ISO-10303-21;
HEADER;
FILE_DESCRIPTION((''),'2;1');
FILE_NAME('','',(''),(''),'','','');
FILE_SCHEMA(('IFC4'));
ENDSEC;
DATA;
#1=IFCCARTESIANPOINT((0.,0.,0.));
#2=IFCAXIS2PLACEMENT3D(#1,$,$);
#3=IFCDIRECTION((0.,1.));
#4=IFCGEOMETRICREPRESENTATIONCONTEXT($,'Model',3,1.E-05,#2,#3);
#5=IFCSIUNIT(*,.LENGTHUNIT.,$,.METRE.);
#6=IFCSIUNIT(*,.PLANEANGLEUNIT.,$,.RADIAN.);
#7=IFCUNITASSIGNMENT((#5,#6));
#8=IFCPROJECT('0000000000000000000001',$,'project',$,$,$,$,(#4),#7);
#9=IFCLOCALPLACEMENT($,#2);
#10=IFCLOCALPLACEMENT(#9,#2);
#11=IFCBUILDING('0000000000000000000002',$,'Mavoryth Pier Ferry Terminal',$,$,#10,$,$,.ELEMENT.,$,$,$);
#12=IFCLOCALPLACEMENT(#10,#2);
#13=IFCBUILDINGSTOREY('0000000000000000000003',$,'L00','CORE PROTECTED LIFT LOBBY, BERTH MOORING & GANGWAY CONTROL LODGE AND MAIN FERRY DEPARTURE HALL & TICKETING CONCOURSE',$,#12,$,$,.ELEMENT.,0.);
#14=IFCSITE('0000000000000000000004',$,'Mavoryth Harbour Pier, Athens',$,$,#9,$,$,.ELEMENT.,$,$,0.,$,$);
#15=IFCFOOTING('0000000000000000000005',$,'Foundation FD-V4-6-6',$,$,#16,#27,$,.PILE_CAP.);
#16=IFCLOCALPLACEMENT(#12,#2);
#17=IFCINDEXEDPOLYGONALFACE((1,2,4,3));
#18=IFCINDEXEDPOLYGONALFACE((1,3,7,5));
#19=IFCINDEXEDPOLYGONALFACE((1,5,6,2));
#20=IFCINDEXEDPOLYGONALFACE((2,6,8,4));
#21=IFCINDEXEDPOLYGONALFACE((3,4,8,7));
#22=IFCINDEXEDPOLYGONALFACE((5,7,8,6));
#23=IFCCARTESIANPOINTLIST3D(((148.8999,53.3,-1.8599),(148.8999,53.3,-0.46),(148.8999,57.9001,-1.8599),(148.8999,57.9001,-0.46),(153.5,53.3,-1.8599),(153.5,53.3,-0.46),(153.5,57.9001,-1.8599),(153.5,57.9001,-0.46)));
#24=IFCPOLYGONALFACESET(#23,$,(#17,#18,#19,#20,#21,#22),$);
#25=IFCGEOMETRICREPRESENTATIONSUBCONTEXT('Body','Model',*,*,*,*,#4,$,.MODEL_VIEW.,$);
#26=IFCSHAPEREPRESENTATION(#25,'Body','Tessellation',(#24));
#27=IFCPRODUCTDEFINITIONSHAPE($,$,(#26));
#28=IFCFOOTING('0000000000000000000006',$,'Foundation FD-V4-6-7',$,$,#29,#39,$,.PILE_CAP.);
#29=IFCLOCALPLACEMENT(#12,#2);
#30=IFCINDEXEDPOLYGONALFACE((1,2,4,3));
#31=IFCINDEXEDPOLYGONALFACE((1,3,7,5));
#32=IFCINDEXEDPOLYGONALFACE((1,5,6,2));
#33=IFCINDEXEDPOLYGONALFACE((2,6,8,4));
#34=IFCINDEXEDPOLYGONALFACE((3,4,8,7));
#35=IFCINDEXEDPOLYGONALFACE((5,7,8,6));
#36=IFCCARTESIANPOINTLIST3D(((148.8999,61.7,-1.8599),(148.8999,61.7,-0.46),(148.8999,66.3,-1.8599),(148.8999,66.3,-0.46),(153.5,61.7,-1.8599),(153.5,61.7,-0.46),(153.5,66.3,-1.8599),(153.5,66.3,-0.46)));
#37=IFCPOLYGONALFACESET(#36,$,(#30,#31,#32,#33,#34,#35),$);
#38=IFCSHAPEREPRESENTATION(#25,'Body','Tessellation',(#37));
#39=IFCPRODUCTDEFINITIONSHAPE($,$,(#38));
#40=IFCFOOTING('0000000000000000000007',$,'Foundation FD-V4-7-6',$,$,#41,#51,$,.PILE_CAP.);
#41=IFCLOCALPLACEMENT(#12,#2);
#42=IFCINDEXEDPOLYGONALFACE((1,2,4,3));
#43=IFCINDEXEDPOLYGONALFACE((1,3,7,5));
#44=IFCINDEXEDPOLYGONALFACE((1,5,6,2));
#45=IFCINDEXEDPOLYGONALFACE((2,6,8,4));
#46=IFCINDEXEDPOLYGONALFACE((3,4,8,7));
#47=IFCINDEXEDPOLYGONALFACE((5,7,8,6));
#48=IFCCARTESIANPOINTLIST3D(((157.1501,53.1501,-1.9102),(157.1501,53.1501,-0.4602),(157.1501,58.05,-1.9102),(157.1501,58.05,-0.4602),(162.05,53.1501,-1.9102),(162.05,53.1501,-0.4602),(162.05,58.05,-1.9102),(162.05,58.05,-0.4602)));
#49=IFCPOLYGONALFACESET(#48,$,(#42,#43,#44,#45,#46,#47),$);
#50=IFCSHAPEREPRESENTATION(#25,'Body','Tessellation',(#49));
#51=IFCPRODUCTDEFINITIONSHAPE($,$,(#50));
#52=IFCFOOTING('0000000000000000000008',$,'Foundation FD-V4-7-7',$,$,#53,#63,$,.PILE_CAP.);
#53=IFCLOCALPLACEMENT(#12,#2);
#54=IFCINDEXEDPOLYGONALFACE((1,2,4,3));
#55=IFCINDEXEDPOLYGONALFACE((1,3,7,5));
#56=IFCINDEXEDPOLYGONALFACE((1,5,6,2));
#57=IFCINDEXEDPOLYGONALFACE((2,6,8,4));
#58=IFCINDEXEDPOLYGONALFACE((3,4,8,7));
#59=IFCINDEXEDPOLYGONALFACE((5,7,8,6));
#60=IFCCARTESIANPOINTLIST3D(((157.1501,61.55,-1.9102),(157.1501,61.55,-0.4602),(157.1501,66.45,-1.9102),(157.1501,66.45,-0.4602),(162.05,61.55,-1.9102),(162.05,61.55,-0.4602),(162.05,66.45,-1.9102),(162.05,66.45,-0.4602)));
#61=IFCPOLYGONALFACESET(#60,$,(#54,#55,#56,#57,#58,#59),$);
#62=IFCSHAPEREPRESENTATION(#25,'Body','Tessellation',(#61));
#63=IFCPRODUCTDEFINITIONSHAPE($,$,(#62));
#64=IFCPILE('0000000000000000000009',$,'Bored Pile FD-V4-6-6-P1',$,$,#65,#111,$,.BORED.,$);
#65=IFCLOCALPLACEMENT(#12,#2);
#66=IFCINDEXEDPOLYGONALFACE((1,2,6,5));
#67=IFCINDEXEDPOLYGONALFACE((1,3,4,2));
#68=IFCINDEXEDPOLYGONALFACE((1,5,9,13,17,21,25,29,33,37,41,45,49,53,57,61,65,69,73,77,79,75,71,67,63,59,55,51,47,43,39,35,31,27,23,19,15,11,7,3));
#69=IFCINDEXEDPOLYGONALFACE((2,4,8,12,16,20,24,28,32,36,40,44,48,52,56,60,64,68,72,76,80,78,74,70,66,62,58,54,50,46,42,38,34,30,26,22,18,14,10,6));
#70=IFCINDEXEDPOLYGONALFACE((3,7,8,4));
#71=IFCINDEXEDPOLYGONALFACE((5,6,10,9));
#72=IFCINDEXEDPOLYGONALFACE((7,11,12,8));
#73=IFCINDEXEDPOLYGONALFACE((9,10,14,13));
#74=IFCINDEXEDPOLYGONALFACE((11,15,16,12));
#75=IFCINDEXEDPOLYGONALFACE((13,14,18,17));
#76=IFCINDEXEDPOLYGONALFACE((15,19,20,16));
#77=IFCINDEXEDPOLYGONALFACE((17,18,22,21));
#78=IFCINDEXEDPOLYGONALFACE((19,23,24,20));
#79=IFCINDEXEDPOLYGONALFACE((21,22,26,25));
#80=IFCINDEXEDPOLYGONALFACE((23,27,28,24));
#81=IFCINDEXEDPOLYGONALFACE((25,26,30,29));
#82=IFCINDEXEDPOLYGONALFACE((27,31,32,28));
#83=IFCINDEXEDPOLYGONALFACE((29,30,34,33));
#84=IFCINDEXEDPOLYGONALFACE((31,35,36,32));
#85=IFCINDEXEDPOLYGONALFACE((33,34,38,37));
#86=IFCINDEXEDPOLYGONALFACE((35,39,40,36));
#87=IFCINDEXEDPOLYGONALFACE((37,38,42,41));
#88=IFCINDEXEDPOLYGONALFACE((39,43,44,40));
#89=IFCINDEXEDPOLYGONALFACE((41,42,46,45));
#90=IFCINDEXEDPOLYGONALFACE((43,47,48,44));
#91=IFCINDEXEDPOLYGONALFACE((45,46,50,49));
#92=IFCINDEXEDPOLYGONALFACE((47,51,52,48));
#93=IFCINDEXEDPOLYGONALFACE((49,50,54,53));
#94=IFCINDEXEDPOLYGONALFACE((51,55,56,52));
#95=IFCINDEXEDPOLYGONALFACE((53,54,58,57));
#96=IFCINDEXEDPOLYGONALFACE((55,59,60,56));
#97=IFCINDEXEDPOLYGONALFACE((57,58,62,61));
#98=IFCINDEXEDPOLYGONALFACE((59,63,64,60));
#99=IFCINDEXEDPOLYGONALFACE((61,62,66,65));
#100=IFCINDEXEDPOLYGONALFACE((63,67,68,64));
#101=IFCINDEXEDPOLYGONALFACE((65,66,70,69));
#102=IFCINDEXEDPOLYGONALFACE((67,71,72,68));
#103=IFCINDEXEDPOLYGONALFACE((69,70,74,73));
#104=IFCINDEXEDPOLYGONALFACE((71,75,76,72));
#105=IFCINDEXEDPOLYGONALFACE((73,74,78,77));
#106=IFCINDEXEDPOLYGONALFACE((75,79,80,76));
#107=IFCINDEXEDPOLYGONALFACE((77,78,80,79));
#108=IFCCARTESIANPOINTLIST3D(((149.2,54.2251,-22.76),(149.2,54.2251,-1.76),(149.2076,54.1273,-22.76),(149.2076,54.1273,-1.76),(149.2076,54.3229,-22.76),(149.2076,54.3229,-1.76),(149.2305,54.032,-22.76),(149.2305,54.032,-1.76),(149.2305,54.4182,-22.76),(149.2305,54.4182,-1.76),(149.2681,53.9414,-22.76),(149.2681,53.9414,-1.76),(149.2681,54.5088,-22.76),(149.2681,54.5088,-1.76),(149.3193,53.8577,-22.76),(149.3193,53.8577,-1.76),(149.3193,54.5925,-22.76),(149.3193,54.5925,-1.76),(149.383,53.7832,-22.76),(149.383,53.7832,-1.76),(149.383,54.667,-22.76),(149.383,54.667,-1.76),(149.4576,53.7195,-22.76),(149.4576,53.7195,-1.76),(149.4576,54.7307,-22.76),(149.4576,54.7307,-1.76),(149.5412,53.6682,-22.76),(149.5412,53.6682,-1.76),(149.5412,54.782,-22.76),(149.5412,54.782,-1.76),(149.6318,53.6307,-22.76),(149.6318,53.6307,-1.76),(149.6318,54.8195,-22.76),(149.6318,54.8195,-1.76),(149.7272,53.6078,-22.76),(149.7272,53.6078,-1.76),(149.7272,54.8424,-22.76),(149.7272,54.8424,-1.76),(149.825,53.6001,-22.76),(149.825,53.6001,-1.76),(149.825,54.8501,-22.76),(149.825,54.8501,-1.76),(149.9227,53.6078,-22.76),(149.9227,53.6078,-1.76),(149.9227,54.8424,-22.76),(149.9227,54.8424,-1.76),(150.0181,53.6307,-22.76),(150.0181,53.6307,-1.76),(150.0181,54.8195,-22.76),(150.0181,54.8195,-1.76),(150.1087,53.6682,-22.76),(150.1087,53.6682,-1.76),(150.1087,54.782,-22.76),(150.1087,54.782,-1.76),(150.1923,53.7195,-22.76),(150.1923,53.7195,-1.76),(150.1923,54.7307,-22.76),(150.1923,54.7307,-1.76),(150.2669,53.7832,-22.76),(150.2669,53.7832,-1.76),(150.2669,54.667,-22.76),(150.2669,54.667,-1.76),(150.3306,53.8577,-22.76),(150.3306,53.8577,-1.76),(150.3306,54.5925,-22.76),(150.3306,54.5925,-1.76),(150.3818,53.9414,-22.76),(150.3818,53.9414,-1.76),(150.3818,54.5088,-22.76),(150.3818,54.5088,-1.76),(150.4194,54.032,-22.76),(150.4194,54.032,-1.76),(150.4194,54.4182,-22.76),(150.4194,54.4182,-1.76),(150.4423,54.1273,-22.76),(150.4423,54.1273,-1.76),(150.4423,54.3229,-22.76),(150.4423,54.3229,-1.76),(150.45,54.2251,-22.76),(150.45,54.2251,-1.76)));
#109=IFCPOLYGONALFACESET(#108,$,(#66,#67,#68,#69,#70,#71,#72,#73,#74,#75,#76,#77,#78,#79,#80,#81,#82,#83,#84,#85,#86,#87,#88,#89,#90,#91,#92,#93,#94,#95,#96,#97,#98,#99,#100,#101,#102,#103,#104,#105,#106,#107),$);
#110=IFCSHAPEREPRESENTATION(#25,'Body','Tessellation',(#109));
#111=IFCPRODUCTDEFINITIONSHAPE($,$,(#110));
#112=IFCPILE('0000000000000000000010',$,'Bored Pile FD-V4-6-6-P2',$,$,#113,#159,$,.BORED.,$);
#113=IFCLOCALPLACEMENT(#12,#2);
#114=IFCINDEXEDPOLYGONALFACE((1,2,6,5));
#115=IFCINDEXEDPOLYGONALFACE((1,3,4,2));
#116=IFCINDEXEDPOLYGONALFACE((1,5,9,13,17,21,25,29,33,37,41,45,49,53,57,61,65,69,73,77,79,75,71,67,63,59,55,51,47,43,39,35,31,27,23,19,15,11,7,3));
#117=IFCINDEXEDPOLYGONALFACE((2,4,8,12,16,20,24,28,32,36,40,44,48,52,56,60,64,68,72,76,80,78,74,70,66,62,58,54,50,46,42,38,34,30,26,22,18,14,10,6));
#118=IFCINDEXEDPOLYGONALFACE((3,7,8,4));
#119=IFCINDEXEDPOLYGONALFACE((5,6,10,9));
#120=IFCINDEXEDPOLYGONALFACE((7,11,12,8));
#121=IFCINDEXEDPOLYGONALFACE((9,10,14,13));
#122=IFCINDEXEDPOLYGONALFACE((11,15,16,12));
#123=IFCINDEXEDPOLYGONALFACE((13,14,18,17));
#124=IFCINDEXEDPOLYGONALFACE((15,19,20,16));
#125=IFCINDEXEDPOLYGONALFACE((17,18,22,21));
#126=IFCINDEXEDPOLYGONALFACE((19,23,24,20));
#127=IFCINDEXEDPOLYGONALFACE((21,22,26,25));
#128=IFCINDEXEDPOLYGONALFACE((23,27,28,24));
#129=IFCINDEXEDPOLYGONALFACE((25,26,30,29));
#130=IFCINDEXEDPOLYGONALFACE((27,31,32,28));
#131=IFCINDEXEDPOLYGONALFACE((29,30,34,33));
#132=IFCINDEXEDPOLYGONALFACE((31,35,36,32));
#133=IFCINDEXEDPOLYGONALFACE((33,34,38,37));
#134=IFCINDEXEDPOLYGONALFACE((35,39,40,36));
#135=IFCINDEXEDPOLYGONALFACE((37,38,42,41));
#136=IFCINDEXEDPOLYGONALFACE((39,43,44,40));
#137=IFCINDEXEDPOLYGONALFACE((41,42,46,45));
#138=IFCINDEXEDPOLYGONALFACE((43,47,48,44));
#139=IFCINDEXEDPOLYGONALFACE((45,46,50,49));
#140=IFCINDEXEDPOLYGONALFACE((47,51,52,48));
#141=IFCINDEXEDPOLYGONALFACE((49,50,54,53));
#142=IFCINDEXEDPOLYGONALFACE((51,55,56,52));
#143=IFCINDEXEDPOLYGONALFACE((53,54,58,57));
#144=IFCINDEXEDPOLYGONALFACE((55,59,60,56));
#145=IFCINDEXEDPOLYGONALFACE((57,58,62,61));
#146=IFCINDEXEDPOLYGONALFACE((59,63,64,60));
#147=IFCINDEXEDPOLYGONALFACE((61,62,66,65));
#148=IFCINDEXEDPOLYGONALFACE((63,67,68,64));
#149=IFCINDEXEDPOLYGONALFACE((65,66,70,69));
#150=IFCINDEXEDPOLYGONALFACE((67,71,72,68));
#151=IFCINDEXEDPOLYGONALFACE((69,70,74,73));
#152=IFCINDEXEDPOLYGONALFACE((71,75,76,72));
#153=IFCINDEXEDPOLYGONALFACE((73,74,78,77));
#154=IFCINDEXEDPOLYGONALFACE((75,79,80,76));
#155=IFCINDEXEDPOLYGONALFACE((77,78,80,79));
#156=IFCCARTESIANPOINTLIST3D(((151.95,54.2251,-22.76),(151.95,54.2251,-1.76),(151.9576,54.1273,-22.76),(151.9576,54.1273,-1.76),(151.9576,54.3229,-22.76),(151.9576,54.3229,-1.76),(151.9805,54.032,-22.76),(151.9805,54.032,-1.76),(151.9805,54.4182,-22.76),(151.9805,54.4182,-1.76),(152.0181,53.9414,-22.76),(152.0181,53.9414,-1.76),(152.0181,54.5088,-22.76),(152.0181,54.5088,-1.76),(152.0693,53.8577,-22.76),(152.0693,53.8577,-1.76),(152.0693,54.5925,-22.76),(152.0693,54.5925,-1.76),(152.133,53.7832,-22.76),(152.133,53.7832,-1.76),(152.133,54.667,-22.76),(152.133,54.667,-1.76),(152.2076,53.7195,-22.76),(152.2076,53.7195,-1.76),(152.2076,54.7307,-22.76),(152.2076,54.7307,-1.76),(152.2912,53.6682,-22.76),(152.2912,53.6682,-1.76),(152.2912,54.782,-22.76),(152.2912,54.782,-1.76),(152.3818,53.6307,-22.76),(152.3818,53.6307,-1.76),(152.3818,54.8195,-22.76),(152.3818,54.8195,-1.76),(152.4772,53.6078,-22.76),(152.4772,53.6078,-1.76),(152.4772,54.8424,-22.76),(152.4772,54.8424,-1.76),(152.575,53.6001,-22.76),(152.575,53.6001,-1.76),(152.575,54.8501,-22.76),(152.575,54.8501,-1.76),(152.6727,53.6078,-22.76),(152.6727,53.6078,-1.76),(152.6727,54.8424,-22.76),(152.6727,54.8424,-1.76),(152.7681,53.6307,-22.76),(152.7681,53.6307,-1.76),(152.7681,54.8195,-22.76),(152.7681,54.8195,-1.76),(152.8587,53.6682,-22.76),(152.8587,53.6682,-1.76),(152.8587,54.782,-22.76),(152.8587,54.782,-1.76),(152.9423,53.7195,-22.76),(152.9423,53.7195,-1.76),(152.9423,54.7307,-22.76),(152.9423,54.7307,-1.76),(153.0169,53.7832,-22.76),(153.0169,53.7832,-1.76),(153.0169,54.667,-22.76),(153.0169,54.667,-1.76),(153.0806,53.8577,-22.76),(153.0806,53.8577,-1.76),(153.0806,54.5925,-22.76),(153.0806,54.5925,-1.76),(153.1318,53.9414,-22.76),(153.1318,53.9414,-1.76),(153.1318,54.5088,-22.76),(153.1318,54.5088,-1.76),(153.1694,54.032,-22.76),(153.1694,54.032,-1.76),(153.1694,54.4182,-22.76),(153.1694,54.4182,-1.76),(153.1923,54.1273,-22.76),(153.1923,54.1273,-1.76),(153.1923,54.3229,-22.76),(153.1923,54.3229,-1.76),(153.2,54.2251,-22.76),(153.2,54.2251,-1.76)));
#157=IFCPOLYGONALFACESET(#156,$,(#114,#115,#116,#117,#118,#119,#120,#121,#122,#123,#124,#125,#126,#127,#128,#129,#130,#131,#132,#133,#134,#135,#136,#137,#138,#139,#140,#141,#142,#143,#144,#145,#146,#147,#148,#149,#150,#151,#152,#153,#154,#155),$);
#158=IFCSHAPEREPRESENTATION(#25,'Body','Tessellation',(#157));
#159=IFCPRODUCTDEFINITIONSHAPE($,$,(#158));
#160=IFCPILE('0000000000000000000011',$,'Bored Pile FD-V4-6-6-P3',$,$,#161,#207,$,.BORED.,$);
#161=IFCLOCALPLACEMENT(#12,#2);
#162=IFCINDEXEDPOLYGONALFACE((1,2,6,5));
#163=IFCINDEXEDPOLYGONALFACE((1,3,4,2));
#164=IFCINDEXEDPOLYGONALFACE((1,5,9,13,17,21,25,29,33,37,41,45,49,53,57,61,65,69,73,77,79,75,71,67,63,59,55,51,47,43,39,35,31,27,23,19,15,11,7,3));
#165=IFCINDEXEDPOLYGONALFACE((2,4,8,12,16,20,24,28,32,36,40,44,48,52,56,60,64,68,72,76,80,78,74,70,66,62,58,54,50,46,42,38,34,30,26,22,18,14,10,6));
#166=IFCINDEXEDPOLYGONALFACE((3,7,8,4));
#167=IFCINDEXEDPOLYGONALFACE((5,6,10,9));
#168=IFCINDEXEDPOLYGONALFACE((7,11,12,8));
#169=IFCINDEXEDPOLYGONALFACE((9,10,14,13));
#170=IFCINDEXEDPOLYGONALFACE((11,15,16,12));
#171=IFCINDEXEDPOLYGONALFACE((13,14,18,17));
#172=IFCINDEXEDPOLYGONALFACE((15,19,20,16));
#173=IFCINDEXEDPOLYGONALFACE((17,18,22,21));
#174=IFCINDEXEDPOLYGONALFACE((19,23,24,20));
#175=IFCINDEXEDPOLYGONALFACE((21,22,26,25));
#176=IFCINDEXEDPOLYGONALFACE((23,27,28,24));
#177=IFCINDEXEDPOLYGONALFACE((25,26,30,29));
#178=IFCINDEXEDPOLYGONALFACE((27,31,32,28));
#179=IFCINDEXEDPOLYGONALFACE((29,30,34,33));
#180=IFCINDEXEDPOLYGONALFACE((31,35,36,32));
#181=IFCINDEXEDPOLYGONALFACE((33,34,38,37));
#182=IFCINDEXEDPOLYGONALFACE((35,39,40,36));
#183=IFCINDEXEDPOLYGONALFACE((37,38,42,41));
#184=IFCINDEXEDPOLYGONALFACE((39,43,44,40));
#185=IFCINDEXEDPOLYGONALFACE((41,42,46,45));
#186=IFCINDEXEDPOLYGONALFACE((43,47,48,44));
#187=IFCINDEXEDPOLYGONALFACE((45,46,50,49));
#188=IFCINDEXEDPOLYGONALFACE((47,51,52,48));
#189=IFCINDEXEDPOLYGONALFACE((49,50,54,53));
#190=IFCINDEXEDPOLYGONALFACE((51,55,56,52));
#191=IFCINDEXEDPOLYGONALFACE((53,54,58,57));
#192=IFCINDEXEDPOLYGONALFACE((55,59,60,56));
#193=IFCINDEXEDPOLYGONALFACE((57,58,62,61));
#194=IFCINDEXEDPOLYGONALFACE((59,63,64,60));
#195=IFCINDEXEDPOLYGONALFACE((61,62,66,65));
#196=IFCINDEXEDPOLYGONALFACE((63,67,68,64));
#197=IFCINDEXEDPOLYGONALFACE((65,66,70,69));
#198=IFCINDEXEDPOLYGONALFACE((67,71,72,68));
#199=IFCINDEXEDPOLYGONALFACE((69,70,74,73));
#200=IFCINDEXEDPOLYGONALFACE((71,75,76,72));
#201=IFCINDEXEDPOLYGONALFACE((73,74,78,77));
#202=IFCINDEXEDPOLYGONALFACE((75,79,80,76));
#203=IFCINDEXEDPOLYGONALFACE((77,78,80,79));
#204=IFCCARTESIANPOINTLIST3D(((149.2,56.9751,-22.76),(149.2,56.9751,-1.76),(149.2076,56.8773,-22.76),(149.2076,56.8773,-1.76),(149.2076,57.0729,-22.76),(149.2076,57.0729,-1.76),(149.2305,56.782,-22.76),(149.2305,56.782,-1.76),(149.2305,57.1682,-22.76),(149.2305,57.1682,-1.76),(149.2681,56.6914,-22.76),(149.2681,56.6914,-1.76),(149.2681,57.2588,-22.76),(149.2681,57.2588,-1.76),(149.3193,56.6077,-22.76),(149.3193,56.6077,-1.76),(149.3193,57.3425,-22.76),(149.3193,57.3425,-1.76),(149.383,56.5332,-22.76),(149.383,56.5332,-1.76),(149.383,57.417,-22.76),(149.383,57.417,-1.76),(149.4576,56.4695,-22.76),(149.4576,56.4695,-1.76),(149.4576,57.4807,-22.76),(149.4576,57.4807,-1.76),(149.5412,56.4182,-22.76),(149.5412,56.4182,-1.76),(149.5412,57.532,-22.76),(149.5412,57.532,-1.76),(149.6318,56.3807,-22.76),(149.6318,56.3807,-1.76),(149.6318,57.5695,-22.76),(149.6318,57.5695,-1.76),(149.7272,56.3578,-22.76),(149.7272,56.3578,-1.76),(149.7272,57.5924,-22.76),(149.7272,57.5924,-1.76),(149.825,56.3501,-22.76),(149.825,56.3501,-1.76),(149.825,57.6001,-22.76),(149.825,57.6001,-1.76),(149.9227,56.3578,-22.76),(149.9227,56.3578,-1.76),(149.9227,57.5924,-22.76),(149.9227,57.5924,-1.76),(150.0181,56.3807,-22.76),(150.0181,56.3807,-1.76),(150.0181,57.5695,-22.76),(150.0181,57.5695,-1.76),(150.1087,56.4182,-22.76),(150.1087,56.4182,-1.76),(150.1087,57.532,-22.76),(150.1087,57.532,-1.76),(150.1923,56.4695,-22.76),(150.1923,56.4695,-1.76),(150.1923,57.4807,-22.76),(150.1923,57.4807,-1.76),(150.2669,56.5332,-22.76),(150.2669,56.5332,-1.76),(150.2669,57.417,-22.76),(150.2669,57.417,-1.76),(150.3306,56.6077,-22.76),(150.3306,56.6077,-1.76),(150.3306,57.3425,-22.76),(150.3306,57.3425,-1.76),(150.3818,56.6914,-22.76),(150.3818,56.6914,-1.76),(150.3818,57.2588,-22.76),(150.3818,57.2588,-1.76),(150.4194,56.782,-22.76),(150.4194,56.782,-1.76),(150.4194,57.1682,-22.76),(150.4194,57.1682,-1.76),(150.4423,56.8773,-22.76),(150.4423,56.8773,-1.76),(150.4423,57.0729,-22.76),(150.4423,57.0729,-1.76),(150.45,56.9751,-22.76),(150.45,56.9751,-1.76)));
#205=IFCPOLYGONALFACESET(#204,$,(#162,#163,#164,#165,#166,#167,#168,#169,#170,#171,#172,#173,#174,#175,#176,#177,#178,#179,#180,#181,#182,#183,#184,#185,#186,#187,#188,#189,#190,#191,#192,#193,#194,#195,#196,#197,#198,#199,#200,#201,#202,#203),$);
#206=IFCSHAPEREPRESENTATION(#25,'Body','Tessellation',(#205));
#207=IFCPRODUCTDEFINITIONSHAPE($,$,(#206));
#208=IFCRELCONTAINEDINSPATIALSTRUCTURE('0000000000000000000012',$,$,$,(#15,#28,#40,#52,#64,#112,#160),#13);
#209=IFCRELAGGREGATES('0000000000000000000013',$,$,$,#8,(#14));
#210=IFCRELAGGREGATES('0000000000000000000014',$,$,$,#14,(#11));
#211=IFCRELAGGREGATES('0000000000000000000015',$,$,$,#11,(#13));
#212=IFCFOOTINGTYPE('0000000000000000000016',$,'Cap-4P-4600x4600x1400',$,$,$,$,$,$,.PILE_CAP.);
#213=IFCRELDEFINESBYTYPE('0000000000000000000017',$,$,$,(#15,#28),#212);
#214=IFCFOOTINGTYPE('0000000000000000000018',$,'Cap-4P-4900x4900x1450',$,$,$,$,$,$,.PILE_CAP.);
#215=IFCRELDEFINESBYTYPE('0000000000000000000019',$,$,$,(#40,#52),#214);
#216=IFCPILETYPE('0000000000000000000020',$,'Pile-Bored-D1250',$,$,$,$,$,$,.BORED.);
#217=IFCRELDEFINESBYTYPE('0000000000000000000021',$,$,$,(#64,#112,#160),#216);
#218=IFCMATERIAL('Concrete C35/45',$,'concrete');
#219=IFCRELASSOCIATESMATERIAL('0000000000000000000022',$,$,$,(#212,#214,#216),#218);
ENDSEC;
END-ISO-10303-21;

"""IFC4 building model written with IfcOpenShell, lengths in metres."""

from ifc_helpers import new_model, si_unit, direction, frame, origin, origin_2d, place, context, subcontext, project, spatial, rectangle, circle, extrude, material, material_profile, profile_set, type_object, element, save


model = new_model("IFC4")

# Units and contexts
model_context = context("Model", 3, precision=1e-05, world=origin(), true_north=direction((0.0, 1.0)))
body_context = subcontext(model_context, "Body", "Model", "MODEL_VIEW")
ifc_project = project(units=[si_unit("LENGTHUNIT", "METRE"), si_unit("PLANEANGLEUNIT", "RADIAN")], contexts=[model_context])

# Site, building, storey
site_placement = place(None, origin())
site = spatial("IfcSite", under=ifc_project, at=site_placement, Name="Mavoryth Harbour Pier, Athens", CompositionType="ELEMENT", RefElevation=0.0)
building_placement = place(site_placement, origin())
building = spatial("IfcBuilding", under=site, at=building_placement, Name="Mavoryth Pier Ferry Terminal", CompositionType="ELEMENT")
storey_placement = place(building_placement, origin())
storey = spatial("IfcBuildingStorey", under=building, at=storey_placement, Name="L00", Description="CORE PROTECTED LIFT LOBBY, BERTH MOORING & GANGWAY CONTROL LODGE AND MAIN FERRY DEPARTURE HALL & TICKETING CONCOURSE", CompositionType="ELEMENT", Elevation=0.0)

# Footings
ifc_material_1 = material(Name="Concrete C35/45", Category="concrete")
footing_type_1 = type_object("IfcFootingType", Name="Cap-4P-4600x4600x1400", PredefinedType="PILE_CAP", material=ifc_material_1)
for number, where, z_axis, x_axis, name in (
    (1, (151.2, 55.6001, -1.8599), (0.0, 0.0, 1.0), (1.0, 0.0, 0.0), "Foundation FD-V4-6-6"),
    (2, (151.2, 64.0, -1.8599), (0.0, 0.0, 1.0), (1.0, 0.0, 0.0), "Foundation FD-V4-6-7"),
):
    element("IfcFooting", number, at=place(storey_placement, frame(where, z_axis=z_axis, x_axis=x_axis)), inside=storey, type_object=footing_type_1, Name=name, PredefinedType="PILE_CAP", context=body_context, shape_type="SweptSolid", body=[
        extrude(rectangle(XDim=4.6001, YDim=4.6001, at=origin_2d()), origin(), (0.0, 0.0, 1.0), 1.3999),
    ])
footing_type_2 = type_object("IfcFootingType", Name="Cap-4P-4900x4900x1450", PredefinedType="PILE_CAP", material=ifc_material_1)
for number, where, z_axis, x_axis, name in (
    (3, (159.6001, 55.6001, -1.9102), (0.0, 0.0, 1.0), (1.0, 0.0, 0.0), "Foundation FD-V4-7-6"),
    (4, (159.6001, 64.0, -1.9102), (0.0, 0.0, 1.0), (1.0, 0.0, 0.0), "Foundation FD-V4-7-7"),
):
    element("IfcFooting", number, at=place(storey_placement, frame(where, z_axis=z_axis, x_axis=x_axis)), inside=storey, type_object=footing_type_2, Name=name, PredefinedType="PILE_CAP", context=body_context, shape_type="SweptSolid", body=[
        extrude(rectangle(XDim=4.8999, YDim=4.8999, at=origin_2d()), origin(), (0.0, 0.0, 1.0), 1.45),
    ])

# Piles
ifc_material_profile_1 = material_profile(ifc_material_1, circle(Radius=0.625, at=origin_2d()), Name="PILE D1250", Category="concrete")
ifc_profile_set_1 = profile_set([ifc_material_profile_1], Name="Concrete C35/45 - PILE D1250")
pile_type = type_object("IfcPileType", Name="Pile-Bored-D1250", PredefinedType="BORED", material=ifc_profile_set_1)
for number, where, z_axis, x_axis, name in (
    (5, (149.825, 54.2251, -1.76), (0.0, 0.0, -1.0), (1.0, 0.0, 0.0), "Bored Pile FD-V4-6-6-P1"),
    (6, (152.575, 54.2251, -1.76), (0.0, 0.0, -1.0), (1.0, 0.0, 0.0), "Bored Pile FD-V4-6-6-P2"),
    (7, (149.825, 56.9751, -1.76), (0.0, 0.0, -1.0), (1.0, 0.0, 0.0), "Bored Pile FD-V4-6-6-P3"),
):
    element("IfcPile", number, at=place(storey_placement, frame(where, z_axis=z_axis, x_axis=x_axis)), inside=storey, type_object=pile_type, Name=name, PredefinedType="BORED", context=body_context, shape_type="SweptSolid", body=[
        extrude(circle(Radius=0.625, at=origin_2d()), origin(), (0.0, 0.0, 1.0), 21.0),
    ])

save(model, "model.ifc")
